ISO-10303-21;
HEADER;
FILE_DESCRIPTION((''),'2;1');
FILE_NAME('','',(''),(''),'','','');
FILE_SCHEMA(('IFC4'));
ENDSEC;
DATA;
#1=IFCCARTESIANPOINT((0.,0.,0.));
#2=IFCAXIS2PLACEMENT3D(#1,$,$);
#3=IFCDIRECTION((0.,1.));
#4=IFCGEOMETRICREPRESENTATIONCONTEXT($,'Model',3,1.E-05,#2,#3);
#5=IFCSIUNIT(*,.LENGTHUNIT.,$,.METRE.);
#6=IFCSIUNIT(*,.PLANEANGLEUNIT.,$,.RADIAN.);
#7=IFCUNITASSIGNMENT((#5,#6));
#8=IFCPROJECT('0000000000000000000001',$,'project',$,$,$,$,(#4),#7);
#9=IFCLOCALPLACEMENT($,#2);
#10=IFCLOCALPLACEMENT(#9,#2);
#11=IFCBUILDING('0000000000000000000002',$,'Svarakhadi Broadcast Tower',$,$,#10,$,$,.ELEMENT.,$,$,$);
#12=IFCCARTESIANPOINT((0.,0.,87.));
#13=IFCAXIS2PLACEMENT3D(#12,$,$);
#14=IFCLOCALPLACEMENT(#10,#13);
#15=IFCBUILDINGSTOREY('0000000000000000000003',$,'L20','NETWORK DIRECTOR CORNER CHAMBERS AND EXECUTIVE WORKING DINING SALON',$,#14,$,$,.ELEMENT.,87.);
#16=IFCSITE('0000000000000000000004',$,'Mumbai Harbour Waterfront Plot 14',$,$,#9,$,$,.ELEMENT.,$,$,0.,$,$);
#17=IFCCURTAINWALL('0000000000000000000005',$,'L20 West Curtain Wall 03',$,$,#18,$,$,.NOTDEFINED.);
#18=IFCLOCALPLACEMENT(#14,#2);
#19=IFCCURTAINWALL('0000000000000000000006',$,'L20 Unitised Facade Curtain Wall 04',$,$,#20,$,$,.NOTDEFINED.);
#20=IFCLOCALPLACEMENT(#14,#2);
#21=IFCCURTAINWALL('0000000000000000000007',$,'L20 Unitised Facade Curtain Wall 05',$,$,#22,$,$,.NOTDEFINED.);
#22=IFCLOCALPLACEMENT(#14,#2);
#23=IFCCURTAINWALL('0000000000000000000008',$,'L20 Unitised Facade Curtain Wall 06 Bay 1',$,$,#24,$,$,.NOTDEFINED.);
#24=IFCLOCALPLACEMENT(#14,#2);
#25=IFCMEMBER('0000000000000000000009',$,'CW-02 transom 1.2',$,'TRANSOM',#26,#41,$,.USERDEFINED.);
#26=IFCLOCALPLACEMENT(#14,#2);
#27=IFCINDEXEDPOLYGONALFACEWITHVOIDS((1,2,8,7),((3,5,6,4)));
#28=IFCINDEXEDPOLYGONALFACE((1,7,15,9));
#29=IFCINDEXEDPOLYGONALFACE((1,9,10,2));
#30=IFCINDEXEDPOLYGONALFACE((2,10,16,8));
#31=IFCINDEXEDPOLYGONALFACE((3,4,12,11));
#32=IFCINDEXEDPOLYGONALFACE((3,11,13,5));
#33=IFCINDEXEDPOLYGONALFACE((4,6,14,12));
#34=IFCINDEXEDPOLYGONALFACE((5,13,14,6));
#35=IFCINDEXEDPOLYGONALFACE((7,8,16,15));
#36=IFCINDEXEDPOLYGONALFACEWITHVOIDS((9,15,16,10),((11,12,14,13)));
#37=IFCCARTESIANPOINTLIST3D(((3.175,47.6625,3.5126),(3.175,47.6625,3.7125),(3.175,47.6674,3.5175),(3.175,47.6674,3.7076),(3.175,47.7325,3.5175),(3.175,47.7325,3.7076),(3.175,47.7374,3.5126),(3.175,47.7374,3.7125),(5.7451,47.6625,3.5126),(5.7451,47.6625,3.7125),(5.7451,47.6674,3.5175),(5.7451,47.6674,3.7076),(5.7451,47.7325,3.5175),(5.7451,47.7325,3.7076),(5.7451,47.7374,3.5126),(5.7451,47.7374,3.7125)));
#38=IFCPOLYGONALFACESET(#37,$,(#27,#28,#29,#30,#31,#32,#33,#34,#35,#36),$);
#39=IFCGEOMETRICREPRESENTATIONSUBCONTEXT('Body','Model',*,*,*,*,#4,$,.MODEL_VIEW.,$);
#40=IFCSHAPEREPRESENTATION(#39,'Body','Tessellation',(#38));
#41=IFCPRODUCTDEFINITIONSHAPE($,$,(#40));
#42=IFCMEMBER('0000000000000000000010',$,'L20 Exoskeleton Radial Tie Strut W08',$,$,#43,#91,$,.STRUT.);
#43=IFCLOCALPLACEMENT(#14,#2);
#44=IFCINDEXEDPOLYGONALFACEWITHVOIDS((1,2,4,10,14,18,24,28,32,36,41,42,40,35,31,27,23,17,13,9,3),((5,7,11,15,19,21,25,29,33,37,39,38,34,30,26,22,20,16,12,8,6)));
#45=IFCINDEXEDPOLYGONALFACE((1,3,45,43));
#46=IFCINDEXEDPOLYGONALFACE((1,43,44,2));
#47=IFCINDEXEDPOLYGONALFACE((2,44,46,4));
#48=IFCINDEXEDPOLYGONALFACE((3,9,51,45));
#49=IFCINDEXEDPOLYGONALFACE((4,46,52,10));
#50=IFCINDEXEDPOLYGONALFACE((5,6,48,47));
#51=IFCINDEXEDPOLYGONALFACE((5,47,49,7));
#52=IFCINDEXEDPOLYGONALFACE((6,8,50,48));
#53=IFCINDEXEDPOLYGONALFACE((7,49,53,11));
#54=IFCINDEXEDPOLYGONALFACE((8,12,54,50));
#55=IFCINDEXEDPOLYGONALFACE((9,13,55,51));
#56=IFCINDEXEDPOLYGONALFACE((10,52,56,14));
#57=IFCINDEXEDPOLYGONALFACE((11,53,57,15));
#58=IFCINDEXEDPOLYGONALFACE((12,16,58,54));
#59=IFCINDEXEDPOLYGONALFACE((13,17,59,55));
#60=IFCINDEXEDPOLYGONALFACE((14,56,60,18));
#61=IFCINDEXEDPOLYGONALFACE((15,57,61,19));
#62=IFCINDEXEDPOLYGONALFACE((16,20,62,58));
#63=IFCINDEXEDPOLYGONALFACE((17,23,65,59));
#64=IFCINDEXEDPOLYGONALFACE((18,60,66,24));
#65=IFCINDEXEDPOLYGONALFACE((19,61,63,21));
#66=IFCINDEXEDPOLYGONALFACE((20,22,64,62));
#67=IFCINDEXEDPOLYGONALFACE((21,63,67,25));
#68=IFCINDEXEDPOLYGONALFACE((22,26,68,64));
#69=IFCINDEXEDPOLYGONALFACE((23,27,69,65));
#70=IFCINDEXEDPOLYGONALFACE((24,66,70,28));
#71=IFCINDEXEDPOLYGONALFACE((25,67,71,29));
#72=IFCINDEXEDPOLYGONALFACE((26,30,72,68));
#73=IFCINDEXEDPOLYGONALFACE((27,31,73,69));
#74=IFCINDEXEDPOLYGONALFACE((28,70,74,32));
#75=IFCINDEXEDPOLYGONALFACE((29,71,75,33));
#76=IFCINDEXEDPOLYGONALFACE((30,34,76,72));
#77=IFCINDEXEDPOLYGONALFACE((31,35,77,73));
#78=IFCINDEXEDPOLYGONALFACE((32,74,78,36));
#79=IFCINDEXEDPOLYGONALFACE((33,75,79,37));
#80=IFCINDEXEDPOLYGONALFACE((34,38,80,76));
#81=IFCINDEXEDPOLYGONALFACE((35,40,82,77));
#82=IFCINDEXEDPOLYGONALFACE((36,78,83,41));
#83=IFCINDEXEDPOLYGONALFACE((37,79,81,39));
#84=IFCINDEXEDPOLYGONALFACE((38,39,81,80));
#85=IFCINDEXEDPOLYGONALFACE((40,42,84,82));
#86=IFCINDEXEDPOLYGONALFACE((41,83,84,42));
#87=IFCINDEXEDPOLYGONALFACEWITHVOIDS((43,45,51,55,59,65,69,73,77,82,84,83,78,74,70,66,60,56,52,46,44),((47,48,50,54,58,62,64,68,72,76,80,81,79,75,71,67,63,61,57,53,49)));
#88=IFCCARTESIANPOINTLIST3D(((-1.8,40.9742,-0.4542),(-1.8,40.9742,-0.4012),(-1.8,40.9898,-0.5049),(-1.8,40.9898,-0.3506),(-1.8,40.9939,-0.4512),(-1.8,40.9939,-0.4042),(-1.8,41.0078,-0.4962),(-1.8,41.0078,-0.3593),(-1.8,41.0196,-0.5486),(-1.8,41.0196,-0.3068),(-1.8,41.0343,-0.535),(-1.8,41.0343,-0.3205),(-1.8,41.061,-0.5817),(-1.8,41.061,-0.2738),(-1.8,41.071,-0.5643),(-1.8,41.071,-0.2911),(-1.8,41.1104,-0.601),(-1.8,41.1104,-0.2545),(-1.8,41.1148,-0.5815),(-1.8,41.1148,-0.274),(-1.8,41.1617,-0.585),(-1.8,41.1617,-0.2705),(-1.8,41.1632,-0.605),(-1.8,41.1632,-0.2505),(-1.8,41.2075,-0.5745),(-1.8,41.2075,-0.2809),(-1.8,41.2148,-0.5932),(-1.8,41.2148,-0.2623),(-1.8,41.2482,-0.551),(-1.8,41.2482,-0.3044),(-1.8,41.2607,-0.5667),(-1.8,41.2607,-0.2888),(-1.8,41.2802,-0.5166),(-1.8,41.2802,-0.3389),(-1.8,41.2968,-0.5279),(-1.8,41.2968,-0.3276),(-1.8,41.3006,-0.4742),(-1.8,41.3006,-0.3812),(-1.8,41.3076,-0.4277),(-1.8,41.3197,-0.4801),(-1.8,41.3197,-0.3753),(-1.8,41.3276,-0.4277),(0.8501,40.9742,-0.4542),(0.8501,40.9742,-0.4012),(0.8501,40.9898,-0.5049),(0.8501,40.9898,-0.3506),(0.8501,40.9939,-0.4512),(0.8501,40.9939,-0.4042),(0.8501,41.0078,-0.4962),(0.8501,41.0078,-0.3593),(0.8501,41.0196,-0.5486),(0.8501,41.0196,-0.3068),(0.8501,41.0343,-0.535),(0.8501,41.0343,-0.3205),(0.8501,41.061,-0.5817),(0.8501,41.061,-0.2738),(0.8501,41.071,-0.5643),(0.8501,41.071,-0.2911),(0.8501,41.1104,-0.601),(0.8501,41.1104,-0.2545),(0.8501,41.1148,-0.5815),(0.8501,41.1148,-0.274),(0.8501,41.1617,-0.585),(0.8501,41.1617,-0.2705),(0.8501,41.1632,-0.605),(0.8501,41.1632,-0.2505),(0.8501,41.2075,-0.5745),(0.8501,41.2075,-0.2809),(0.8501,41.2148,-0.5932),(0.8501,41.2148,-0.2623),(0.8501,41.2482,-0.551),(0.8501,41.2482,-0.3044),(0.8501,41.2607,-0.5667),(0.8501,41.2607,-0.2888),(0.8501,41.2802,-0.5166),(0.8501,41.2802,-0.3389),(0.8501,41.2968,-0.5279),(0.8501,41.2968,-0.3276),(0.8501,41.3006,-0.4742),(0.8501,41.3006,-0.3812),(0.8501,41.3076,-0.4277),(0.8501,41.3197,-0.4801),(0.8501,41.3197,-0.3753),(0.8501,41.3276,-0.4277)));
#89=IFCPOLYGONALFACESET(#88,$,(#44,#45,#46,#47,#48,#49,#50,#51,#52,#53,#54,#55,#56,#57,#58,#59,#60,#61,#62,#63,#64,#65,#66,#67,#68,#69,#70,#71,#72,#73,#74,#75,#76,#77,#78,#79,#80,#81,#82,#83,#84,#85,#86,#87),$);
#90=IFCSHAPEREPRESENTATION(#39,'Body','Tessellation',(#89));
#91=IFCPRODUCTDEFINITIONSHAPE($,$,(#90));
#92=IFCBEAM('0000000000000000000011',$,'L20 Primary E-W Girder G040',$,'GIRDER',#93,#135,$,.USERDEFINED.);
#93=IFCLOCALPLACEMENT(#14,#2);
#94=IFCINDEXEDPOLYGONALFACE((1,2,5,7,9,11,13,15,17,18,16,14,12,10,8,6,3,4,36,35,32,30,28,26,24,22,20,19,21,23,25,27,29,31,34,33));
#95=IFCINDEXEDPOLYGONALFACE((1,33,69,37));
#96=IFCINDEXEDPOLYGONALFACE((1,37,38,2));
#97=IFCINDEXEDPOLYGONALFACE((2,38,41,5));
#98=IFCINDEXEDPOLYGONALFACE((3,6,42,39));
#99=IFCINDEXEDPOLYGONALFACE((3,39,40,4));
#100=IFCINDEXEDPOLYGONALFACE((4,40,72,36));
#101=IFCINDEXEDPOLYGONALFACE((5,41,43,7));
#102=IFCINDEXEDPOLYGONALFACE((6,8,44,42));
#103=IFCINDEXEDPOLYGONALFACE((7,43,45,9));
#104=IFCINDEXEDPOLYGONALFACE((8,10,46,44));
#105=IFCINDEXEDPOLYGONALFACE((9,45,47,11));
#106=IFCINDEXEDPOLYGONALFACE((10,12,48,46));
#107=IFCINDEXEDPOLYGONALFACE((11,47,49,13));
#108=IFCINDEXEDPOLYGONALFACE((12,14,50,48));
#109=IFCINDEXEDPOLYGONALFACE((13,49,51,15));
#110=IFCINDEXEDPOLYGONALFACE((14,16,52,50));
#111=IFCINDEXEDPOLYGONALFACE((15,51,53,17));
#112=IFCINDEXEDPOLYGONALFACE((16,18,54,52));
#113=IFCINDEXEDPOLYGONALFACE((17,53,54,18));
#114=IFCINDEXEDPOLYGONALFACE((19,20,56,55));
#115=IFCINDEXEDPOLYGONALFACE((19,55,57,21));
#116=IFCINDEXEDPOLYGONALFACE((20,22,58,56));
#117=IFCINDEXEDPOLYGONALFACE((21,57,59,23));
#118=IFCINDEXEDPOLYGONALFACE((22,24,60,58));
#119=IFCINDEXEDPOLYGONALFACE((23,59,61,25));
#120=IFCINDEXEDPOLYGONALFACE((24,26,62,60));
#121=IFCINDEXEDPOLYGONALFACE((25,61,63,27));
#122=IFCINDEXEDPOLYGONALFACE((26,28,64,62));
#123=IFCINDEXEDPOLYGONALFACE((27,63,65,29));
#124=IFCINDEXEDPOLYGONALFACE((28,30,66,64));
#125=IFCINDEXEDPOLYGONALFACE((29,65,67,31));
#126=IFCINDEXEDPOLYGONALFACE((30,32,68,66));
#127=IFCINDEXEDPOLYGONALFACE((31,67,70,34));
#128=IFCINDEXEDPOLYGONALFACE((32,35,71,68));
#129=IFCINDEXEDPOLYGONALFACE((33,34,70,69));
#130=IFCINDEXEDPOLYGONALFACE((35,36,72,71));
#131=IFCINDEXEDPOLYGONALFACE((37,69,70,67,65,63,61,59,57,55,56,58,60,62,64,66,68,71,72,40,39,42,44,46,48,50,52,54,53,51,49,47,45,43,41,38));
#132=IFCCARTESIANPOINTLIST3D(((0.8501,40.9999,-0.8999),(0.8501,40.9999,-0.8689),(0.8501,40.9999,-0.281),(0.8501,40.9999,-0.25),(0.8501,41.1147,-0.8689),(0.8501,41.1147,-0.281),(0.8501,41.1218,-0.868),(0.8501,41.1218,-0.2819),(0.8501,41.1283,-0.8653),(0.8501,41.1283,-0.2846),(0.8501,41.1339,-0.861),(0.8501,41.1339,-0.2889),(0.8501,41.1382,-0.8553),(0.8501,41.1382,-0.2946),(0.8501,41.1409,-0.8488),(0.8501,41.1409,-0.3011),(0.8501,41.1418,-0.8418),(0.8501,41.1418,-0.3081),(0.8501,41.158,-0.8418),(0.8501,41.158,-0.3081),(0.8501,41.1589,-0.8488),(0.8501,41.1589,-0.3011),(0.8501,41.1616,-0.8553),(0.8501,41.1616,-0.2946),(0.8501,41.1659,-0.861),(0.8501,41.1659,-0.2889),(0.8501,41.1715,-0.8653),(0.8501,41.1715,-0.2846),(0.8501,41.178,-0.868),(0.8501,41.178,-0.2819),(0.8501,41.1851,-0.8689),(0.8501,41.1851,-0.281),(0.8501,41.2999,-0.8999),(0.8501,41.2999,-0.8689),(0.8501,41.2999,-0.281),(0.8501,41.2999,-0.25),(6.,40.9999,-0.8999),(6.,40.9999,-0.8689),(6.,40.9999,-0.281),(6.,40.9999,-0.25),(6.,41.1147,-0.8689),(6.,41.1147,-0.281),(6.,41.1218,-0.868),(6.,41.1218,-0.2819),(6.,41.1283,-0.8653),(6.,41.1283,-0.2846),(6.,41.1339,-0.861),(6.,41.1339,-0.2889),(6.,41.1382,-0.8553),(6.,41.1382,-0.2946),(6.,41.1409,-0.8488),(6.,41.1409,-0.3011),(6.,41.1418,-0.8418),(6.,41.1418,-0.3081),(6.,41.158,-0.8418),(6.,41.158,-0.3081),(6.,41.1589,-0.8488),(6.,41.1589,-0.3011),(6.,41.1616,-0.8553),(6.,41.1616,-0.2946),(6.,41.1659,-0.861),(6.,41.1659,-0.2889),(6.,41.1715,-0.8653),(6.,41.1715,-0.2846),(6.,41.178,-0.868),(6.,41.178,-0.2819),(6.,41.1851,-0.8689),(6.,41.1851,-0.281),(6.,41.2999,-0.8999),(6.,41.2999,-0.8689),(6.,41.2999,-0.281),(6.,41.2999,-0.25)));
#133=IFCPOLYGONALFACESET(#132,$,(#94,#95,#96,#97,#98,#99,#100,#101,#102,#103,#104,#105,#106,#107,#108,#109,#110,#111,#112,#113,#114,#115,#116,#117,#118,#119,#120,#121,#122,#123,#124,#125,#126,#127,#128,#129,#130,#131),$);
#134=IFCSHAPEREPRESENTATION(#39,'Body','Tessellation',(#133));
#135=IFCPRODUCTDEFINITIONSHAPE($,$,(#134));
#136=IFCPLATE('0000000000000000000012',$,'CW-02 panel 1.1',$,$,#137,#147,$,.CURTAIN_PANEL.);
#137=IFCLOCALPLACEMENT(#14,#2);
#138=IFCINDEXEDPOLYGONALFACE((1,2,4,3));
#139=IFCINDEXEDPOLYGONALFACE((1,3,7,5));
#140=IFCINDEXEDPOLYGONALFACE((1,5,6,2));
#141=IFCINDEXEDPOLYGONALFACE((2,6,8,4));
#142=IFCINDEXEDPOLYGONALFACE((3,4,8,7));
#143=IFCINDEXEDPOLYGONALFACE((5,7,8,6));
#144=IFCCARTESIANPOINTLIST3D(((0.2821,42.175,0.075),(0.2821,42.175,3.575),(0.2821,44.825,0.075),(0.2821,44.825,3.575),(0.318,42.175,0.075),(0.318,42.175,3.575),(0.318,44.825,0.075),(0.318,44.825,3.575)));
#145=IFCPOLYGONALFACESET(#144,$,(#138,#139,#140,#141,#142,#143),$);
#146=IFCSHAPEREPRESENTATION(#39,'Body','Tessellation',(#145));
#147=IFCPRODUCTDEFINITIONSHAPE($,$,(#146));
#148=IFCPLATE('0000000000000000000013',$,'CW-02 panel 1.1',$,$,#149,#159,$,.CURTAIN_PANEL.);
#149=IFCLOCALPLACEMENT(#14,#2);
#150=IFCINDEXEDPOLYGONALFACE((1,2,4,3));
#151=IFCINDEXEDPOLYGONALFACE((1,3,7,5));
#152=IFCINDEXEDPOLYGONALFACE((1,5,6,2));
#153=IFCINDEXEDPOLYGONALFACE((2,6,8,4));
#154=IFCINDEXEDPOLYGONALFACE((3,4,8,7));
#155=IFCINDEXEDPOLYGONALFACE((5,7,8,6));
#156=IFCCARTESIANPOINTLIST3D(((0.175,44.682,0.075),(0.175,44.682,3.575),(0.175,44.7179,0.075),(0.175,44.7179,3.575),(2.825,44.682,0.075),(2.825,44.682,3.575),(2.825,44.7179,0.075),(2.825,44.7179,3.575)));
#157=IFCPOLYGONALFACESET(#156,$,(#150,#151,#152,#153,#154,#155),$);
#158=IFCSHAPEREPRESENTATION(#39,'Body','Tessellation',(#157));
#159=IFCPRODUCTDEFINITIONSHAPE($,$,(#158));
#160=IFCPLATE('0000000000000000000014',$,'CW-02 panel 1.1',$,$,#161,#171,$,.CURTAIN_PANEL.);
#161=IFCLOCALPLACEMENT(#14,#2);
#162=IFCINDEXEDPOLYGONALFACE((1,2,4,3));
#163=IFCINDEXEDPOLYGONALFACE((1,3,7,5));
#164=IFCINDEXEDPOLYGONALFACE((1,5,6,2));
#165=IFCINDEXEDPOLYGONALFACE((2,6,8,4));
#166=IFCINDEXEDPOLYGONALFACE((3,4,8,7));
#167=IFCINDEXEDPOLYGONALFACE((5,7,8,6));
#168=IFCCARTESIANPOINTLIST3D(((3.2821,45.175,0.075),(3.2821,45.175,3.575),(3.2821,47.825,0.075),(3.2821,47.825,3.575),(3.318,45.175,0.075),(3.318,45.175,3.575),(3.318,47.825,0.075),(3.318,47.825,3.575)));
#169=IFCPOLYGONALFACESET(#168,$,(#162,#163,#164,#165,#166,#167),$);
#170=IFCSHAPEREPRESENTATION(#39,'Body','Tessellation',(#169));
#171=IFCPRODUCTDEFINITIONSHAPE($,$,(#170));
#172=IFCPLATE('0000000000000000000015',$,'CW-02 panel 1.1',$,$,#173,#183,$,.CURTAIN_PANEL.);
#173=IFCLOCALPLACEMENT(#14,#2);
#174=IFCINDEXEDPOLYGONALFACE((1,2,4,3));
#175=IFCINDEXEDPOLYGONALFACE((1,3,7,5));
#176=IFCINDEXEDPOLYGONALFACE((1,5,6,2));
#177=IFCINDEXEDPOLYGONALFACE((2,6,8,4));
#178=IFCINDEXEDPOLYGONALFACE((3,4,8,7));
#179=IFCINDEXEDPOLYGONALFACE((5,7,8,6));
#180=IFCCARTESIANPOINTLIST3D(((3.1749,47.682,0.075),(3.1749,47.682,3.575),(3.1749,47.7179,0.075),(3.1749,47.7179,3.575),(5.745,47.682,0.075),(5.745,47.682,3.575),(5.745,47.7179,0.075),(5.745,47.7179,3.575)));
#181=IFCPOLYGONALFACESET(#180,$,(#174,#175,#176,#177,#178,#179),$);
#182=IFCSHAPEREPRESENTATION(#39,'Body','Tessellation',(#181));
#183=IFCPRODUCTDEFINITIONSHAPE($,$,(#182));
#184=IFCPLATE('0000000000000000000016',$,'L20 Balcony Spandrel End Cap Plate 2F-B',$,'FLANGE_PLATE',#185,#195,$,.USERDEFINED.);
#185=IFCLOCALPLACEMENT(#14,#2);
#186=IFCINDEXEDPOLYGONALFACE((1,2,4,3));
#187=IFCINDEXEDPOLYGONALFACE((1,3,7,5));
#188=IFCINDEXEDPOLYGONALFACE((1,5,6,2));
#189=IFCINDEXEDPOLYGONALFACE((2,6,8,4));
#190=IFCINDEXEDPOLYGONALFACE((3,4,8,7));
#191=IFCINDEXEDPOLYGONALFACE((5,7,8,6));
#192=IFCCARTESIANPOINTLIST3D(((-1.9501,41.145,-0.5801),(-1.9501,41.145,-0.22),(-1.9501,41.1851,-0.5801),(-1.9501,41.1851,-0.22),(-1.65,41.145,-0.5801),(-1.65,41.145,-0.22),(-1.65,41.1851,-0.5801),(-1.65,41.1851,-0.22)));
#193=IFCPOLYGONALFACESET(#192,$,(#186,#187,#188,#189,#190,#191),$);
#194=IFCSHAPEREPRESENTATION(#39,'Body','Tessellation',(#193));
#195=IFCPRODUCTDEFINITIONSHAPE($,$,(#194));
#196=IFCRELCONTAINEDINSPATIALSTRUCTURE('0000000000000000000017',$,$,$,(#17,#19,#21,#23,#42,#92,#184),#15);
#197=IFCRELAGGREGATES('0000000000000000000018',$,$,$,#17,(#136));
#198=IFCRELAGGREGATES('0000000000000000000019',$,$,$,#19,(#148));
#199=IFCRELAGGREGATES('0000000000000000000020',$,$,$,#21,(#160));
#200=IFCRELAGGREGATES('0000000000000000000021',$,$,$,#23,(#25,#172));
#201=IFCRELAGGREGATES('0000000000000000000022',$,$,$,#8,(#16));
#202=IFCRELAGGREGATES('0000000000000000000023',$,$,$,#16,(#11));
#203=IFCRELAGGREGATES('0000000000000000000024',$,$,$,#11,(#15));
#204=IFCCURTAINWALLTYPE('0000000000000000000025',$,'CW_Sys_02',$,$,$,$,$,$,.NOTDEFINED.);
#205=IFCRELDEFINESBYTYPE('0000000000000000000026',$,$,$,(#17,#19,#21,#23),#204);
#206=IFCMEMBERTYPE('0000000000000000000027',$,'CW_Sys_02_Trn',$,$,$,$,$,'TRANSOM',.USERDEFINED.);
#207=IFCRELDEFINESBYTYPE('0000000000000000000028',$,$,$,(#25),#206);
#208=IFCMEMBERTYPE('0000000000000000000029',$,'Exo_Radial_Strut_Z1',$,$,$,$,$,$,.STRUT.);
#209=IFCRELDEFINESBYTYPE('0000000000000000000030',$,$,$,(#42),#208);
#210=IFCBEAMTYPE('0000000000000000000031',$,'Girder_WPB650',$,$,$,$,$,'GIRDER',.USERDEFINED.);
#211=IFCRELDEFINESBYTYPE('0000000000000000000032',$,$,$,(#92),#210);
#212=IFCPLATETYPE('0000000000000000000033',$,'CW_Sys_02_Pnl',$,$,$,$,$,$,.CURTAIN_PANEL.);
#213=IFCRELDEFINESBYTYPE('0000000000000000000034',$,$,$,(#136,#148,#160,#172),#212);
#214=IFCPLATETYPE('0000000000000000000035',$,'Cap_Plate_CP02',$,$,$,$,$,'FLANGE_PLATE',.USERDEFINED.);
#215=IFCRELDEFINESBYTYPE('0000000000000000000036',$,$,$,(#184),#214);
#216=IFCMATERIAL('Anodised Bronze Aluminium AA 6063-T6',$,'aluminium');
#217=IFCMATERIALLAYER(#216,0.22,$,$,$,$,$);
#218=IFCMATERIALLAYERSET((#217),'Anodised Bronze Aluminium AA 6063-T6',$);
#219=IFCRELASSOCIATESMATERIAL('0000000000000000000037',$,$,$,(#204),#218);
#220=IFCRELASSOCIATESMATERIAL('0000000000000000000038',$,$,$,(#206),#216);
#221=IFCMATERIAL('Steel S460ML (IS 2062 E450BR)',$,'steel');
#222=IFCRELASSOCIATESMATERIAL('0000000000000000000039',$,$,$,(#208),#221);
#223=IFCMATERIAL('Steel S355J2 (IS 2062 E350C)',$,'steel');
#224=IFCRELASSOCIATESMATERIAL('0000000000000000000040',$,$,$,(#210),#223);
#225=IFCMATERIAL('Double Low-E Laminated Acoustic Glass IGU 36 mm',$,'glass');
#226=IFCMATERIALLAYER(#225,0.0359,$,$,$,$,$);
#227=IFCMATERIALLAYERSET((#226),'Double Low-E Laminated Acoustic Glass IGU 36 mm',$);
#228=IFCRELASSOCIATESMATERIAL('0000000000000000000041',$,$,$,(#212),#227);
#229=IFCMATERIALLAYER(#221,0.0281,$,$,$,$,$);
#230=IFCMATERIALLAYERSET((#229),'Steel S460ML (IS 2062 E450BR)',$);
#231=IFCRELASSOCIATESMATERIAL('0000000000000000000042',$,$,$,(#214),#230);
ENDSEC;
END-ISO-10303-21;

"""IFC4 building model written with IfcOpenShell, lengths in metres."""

from ifc_helpers import new_model, si_unit, direction, frame, origin, origin_2d, place, context, subcontext, project, spatial, rectangle, hollow_rectangle, hollow_circle, i_section, extrude, material, layer, layer_set, material_profile, profile_set, type_object, element, aggregate, save


model = new_model("IFC4")

# Units and contexts
model_context = context("Model", 3, precision=1e-05, world=origin(), true_north=direction((0.0, 1.0)))
body_context = subcontext(model_context, "Body", "Model", "MODEL_VIEW")
ifc_project = project(units=[si_unit("LENGTHUNIT", "METRE"), si_unit("PLANEANGLEUNIT", "RADIAN")], contexts=[model_context])

# Site, building, storey
site_placement = place(None, origin())
site = spatial("IfcSite", under=ifc_project, at=site_placement, Name="Mumbai Harbour Waterfront Plot 14", CompositionType="ELEMENT", RefElevation=0.0)
building_placement = place(site_placement, origin())
building = spatial("IfcBuilding", under=site, at=building_placement, Name="Svarakhadi Broadcast Tower", CompositionType="ELEMENT")
storey_placement = place(building_placement, frame((0.0, 0.0, 87.0)))
storey = spatial("IfcBuildingStorey", under=building, at=storey_placement, Name="L20", Description="NETWORK DIRECTOR CORNER CHAMBERS AND EXECUTIVE WORKING DINING SALON", CompositionType="ELEMENT", Elevation=87.0)

# Shared definitions
ifc_material_1 = material(Name="Steel S460ML (IS 2062 E450BR)", Category="steel")

# Shared definitions
ifc_material_2 = material(Name="Steel S355J2 (IS 2062 E350C)", Category="steel")

# Curtain walls
ifc_material_3 = material(Name="Anodised Bronze Aluminium AA 6063-T6", Category="aluminium")
ifc_layer_1 = layer(ifc_material_3, 0.22)
ifc_layer_set_1 = layer_set([ifc_layer_1], Name="Anodised Bronze Aluminium AA 6063-T6")
curtain_wall_type = type_object("IfcCurtainWallType", Name="CW_Sys_02", PredefinedType="NOTDEFINED", material=ifc_layer_set_1)
curtain_wall_1_placement = place(storey_placement, origin())
curtain_wall_1 = element("IfcCurtainWall", 1, at=curtain_wall_1_placement, inside=storey, type_object=curtain_wall_type, Name="L20 West Curtain Wall 03", PredefinedType="NOTDEFINED")
curtain_wall_2_placement = place(storey_placement, origin())
curtain_wall_2 = element("IfcCurtainWall", 2, at=curtain_wall_2_placement, inside=storey, type_object=curtain_wall_type, Name="L20 Unitised Facade Curtain Wall 04", PredefinedType="NOTDEFINED")
curtain_wall_3_placement = place(storey_placement, origin())
curtain_wall_3 = element("IfcCurtainWall", 3, at=curtain_wall_3_placement, inside=storey, type_object=curtain_wall_type, Name="L20 Unitised Facade Curtain Wall 05", PredefinedType="NOTDEFINED")
curtain_wall_4_placement = place(storey_placement, origin())
curtain_wall_4 = element("IfcCurtainWall", 4, at=curtain_wall_4_placement, inside=storey, type_object=curtain_wall_type, Name="L20 Unitised Facade Curtain Wall 06 Bay 1", PredefinedType="NOTDEFINED")

# Members
ifc_material_profile_1 = material_profile(ifc_material_3, hollow_rectangle(XDim=0.075, YDim=0.2, WallThickness=0.0049, at=origin_2d()), Name="ALU TRANSOM 200x75x5")
ifc_profile_set_1 = profile_set([ifc_material_profile_1], Name="Anodised Bronze Aluminium AA 6063-T6")
member_type_1 = type_object("IfcMemberType", Name="CW_Sys_02_Trn", ElementType="TRANSOM", PredefinedType="USERDEFINED", material=ifc_profile_set_1)
member_1_placement = place(storey_placement, frame((3.175, 47.7, 3.6125), z_axis=(1.0, 0.0, 0.0), x_axis=(0.0, 1.0, 0.0)))
member_1 = element("IfcMember", 5, at=member_1_placement, type_object=member_type_1, Name="CW-02 transom 1.2", ObjectType="TRANSOM", PredefinedType="USERDEFINED", context=body_context, shape_type="SweptSolid", body=[
    extrude(hollow_rectangle(XDim=0.075, YDim=0.2, WallThickness=0.0049, at=origin_2d()), origin(), (0.0, 0.0, 1.0), 2.5701),
])
ifc_material_profile_2 = material_profile(ifc_material_1, hollow_circle(Radius=0.1777, WallThickness=0.02, at=origin_2d()), Name="CHS 355.6x20")
ifc_profile_set_2 = profile_set([ifc_material_profile_2], Name="Steel S460ML (IS 2062 E450BR)")
member_type_2 = type_object("IfcMemberType", Name="Exo_Radial_Strut_Z1", PredefinedType="STRUT", material=ifc_profile_set_2)
member_2_placement = place(storey_placement, frame((-1.8, 41.1499, -0.4277), z_axis=(1.0, 0.0, 0.0), x_axis=(0.0, 1.0, 0.0)))
element("IfcMember", 6, at=member_2_placement, inside=storey, type_object=member_type_2, Name="L20 Exoskeleton Radial Tie Strut W08", PredefinedType="STRUT", context=body_context, shape_type="SweptSolid", body=[
    extrude(hollow_circle(Radius=0.1777, WallThickness=0.02, at=origin_2d()), origin(), (0.0, 0.0, 1.0), 2.6501),
])

# Beam
ifc_material_profile_3 = material_profile(ifc_material_2, i_section(OverallWidth=0.3, OverallDepth=0.6499, WebThickness=0.0161, FlangeThickness=0.031, FilletRadius=0.0271, at=origin_2d()), Name="WPB 650x300x225")
ifc_profile_set_3 = profile_set([ifc_material_profile_3], Name="Steel S355J2 (IS 2062 E350C)")
beam_type_1 = type_object("IfcBeamType", Name="Girder_WPB650", ElementType="GIRDER", PredefinedType="USERDEFINED", material=ifc_profile_set_3)
beam_1_placement = place(storey_placement, frame((0.8501, 41.1499, -0.575), z_axis=(1.0, 0.0, 0.0), x_axis=(0.0, 1.0, 0.0)))
element("IfcBeam", 7, at=beam_1_placement, inside=storey, type_object=beam_type_1, Name="L20 Primary E-W Girder G040", ObjectType="GIRDER", PredefinedType="USERDEFINED", context=body_context, shape_type="SweptSolid", body=[
    extrude(i_section(OverallWidth=0.3, OverallDepth=0.6499, WebThickness=0.0161, FlangeThickness=0.031, FilletRadius=0.0271, at=origin_2d()), origin(), (0.0, 0.0, 1.0), 5.1499),
])

# Plates
ifc_material_4 = material(Name="Double Low-E Laminated Acoustic Glass IGU 36 mm", Category="glass")
ifc_layer_2 = layer(ifc_material_4, 0.0359)
ifc_layer_set_2 = layer_set([ifc_layer_2], Name="Double Low-E Laminated Acoustic Glass IGU 36 mm")
plate_type_1 = type_object("IfcPlateType", Name="CW_Sys_02_Pnl", PredefinedType="CURTAIN_PANEL", material=ifc_layer_set_2)
plate_1_placement = place(storey_placement, frame((0.3, 43.5, 0.075), z_axis=(0.0, 0.0, 1.0), x_axis=(0.0, 1.0, 0.0)))
plate_1 = element("IfcPlate", 8, at=plate_1_placement, type_object=plate_type_1, Name="CW-02 panel 1.1", PredefinedType="CURTAIN_PANEL", context=body_context, shape_type="SweptSolid", body=[
    extrude(rectangle(XDim=2.6499, YDim=0.0359, at=origin_2d()), origin(), (0.0, 0.0, 1.0), 3.5),
])
aggregate(curtain_wall_1, [plate_1])
plate_2_placement = place(storey_placement, frame((1.5, 44.7, 0.075), z_axis=(0.0, 0.0, 1.0), x_axis=(1.0, 0.0, 0.0)))
plate_2 = element("IfcPlate", 9, at=plate_2_placement, type_object=plate_type_1, Name="CW-02 panel 1.1", PredefinedType="CURTAIN_PANEL", context=body_context, shape_type="SweptSolid", body=[
    extrude(rectangle(XDim=2.6499, YDim=0.0359, at=origin_2d()), origin(), (0.0, 0.0, 1.0), 3.5),
])
aggregate(curtain_wall_2, [plate_2])
plate_3_placement = place(storey_placement, frame((3.3, 46.5, 0.075), z_axis=(0.0, 0.0, 1.0), x_axis=(0.0, 1.0, 0.0)))
plate_3 = element("IfcPlate", 10, at=plate_3_placement, type_object=plate_type_1, Name="CW-02 panel 1.1", PredefinedType="CURTAIN_PANEL", context=body_context, shape_type="SweptSolid", body=[
    extrude(rectangle(XDim=2.6499, YDim=0.0359, at=origin_2d()), origin(), (0.0, 0.0, 1.0), 3.5),
])
aggregate(curtain_wall_3, [plate_3])
plate_4_placement = place(storey_placement, frame((4.46, 47.7, 0.075), z_axis=(0.0, 0.0, 1.0), x_axis=(1.0, 0.0, 0.0)))
plate_4 = element("IfcPlate", 11, at=plate_4_placement, type_object=plate_type_1, Name="CW-02 panel 1.1", PredefinedType="CURTAIN_PANEL", context=body_context, shape_type="SweptSolid", body=[
    extrude(rectangle(XDim=2.5701, YDim=0.0359, at=origin_2d()), origin(), (0.0, 0.0, 1.0), 3.5),
])
aggregate(curtain_wall_4, [member_1, plate_4])

# Plate
ifc_layer_3 = layer(ifc_material_1, 0.0281)
ifc_layer_set_3 = layer_set([ifc_layer_3], Name="Steel S460ML (IS 2062 E450BR)")
plate_type_2 = type_object("IfcPlateType", Name="Cap_Plate_CP02", ElementType="FLANGE_PLATE", PredefinedType="USERDEFINED", material=ifc_layer_set_3)
plate_5_placement = place(storey_placement, frame((-1.8, 41.165, -0.5801), z_axis=(0.0, 0.0, 1.0), x_axis=(1.0, 0.0, 0.0)))
element("IfcPlate", 12, at=plate_5_placement, inside=storey, type_object=plate_type_2, Name="L20 Balcony Spandrel End Cap Plate 2F-B", ObjectType="FLANGE_PLATE", PredefinedType="USERDEFINED", context=body_context, shape_type="SweptSolid", body=[
    extrude(rectangle(XDim=0.3, YDim=0.04, at=origin_2d()), origin(), (0.0, 0.0, 1.0), 0.3601),
])

save(model, "model.ifc")
